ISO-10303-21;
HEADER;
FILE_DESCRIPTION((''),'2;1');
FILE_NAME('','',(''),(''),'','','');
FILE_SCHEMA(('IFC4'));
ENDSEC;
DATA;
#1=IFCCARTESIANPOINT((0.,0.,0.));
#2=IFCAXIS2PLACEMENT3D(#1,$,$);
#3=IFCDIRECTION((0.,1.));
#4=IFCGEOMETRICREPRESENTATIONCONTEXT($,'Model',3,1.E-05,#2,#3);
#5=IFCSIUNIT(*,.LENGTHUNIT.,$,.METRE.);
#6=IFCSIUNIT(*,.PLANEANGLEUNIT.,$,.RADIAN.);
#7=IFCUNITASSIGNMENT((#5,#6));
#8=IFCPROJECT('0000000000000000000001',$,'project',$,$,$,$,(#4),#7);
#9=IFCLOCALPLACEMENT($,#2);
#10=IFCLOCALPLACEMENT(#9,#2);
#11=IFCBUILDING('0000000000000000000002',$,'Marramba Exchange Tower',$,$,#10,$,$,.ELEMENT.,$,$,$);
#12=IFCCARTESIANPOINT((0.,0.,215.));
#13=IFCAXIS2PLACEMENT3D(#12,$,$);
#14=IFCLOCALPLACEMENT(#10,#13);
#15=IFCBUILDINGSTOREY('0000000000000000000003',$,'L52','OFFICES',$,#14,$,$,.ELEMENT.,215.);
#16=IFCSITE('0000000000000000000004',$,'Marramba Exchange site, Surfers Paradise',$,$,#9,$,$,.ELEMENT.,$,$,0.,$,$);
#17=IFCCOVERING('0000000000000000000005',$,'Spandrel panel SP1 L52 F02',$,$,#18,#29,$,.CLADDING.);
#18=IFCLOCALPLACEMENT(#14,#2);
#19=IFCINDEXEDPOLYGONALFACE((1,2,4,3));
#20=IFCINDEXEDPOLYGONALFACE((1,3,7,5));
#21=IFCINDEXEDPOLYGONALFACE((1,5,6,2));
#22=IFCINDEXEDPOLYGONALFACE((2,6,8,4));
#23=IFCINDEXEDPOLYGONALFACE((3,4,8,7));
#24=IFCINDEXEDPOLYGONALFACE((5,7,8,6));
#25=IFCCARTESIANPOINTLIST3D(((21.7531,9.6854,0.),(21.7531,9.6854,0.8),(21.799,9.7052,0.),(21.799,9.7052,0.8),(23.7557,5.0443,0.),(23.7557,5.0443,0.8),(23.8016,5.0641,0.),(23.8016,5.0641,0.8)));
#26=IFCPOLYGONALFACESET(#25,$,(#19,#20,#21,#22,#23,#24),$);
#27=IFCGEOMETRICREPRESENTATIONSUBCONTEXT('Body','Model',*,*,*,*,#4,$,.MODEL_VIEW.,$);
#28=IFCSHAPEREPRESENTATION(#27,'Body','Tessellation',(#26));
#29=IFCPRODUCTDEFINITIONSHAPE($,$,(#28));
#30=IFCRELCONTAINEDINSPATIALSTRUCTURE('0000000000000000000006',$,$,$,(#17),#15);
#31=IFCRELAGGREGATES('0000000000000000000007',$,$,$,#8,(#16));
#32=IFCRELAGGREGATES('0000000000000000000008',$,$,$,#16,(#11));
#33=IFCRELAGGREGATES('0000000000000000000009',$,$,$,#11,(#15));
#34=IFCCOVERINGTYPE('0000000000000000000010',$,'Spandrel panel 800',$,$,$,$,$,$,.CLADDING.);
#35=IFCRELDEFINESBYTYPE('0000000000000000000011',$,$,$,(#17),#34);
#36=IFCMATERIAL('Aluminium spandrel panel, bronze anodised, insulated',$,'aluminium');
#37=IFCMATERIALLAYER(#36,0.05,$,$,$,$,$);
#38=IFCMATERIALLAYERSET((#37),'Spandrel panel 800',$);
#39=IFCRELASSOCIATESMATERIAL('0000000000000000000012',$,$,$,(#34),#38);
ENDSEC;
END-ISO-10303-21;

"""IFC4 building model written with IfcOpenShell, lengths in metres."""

from ifc_helpers import new_model, si_unit, direction, frame, origin, origin_2d, place, context, subcontext, project, spatial, rectangle, extrude, material, layer, layer_set, type_object, element, save


model = new_model("IFC4")

# Units and contexts
model_context = context("Model", 3, precision=1e-05, world=origin(), true_north=direction((0.0, 1.0)))
body_context = subcontext(model_context, "Body", "Model", "MODEL_VIEW")
ifc_project = project(units=[si_unit("LENGTHUNIT", "METRE"), si_unit("PLANEANGLEUNIT", "RADIAN")], contexts=[model_context])

# Site, building, storey
site_placement = place(None, origin())
site = spatial("IfcSite", under=ifc_project, at=site_placement, Name="Marramba Exchange site, Surfers Paradise", CompositionType="ELEMENT", RefElevation=0.0)
building_placement = place(site_placement, origin())
building = spatial("IfcBuilding", under=site, at=building_placement, Name="Marramba Exchange Tower", CompositionType="ELEMENT")
storey_placement = place(building_placement, frame((0.0, 0.0, 215.0)))
storey = spatial("IfcBuildingStorey", under=building, at=storey_placement, Name="L52", Description="OFFICES", CompositionType="ELEMENT", Elevation=215.0)

# Covering
ifc_material_1 = material(Name="Aluminium spandrel panel, bronze anodised, insulated", Category="aluminium")
ifc_layer_1 = layer(ifc_material_1, 0.05)
ifc_layer_set_1 = layer_set([ifc_layer_1], Name="Spandrel panel 800")
covering_type = type_object("IfcCoveringType", Name="Spandrel panel 800", PredefinedType="CLADDING", material=ifc_layer_set_1)
covering_1_placement = place(storey_placement, frame((22.7773, 7.3748, 0.0), z_axis=(0.0, 0.0, 1.0), x_axis=(-0.396193, 0.918167, 0.0)))
element("IfcCovering", 1, at=covering_1_placement, inside=storey, type_object=covering_type, Name="Spandrel panel SP1 L52 F02", PredefinedType="CLADDING", context=body_context, shape_type="SweptSolid", body=[
    extrude(rectangle(XDim=5.0547, YDim=0.05, at=origin_2d()), origin(), (0.0, 0.0, 1.0), 0.8),
])

save(model, "model.ifc")
